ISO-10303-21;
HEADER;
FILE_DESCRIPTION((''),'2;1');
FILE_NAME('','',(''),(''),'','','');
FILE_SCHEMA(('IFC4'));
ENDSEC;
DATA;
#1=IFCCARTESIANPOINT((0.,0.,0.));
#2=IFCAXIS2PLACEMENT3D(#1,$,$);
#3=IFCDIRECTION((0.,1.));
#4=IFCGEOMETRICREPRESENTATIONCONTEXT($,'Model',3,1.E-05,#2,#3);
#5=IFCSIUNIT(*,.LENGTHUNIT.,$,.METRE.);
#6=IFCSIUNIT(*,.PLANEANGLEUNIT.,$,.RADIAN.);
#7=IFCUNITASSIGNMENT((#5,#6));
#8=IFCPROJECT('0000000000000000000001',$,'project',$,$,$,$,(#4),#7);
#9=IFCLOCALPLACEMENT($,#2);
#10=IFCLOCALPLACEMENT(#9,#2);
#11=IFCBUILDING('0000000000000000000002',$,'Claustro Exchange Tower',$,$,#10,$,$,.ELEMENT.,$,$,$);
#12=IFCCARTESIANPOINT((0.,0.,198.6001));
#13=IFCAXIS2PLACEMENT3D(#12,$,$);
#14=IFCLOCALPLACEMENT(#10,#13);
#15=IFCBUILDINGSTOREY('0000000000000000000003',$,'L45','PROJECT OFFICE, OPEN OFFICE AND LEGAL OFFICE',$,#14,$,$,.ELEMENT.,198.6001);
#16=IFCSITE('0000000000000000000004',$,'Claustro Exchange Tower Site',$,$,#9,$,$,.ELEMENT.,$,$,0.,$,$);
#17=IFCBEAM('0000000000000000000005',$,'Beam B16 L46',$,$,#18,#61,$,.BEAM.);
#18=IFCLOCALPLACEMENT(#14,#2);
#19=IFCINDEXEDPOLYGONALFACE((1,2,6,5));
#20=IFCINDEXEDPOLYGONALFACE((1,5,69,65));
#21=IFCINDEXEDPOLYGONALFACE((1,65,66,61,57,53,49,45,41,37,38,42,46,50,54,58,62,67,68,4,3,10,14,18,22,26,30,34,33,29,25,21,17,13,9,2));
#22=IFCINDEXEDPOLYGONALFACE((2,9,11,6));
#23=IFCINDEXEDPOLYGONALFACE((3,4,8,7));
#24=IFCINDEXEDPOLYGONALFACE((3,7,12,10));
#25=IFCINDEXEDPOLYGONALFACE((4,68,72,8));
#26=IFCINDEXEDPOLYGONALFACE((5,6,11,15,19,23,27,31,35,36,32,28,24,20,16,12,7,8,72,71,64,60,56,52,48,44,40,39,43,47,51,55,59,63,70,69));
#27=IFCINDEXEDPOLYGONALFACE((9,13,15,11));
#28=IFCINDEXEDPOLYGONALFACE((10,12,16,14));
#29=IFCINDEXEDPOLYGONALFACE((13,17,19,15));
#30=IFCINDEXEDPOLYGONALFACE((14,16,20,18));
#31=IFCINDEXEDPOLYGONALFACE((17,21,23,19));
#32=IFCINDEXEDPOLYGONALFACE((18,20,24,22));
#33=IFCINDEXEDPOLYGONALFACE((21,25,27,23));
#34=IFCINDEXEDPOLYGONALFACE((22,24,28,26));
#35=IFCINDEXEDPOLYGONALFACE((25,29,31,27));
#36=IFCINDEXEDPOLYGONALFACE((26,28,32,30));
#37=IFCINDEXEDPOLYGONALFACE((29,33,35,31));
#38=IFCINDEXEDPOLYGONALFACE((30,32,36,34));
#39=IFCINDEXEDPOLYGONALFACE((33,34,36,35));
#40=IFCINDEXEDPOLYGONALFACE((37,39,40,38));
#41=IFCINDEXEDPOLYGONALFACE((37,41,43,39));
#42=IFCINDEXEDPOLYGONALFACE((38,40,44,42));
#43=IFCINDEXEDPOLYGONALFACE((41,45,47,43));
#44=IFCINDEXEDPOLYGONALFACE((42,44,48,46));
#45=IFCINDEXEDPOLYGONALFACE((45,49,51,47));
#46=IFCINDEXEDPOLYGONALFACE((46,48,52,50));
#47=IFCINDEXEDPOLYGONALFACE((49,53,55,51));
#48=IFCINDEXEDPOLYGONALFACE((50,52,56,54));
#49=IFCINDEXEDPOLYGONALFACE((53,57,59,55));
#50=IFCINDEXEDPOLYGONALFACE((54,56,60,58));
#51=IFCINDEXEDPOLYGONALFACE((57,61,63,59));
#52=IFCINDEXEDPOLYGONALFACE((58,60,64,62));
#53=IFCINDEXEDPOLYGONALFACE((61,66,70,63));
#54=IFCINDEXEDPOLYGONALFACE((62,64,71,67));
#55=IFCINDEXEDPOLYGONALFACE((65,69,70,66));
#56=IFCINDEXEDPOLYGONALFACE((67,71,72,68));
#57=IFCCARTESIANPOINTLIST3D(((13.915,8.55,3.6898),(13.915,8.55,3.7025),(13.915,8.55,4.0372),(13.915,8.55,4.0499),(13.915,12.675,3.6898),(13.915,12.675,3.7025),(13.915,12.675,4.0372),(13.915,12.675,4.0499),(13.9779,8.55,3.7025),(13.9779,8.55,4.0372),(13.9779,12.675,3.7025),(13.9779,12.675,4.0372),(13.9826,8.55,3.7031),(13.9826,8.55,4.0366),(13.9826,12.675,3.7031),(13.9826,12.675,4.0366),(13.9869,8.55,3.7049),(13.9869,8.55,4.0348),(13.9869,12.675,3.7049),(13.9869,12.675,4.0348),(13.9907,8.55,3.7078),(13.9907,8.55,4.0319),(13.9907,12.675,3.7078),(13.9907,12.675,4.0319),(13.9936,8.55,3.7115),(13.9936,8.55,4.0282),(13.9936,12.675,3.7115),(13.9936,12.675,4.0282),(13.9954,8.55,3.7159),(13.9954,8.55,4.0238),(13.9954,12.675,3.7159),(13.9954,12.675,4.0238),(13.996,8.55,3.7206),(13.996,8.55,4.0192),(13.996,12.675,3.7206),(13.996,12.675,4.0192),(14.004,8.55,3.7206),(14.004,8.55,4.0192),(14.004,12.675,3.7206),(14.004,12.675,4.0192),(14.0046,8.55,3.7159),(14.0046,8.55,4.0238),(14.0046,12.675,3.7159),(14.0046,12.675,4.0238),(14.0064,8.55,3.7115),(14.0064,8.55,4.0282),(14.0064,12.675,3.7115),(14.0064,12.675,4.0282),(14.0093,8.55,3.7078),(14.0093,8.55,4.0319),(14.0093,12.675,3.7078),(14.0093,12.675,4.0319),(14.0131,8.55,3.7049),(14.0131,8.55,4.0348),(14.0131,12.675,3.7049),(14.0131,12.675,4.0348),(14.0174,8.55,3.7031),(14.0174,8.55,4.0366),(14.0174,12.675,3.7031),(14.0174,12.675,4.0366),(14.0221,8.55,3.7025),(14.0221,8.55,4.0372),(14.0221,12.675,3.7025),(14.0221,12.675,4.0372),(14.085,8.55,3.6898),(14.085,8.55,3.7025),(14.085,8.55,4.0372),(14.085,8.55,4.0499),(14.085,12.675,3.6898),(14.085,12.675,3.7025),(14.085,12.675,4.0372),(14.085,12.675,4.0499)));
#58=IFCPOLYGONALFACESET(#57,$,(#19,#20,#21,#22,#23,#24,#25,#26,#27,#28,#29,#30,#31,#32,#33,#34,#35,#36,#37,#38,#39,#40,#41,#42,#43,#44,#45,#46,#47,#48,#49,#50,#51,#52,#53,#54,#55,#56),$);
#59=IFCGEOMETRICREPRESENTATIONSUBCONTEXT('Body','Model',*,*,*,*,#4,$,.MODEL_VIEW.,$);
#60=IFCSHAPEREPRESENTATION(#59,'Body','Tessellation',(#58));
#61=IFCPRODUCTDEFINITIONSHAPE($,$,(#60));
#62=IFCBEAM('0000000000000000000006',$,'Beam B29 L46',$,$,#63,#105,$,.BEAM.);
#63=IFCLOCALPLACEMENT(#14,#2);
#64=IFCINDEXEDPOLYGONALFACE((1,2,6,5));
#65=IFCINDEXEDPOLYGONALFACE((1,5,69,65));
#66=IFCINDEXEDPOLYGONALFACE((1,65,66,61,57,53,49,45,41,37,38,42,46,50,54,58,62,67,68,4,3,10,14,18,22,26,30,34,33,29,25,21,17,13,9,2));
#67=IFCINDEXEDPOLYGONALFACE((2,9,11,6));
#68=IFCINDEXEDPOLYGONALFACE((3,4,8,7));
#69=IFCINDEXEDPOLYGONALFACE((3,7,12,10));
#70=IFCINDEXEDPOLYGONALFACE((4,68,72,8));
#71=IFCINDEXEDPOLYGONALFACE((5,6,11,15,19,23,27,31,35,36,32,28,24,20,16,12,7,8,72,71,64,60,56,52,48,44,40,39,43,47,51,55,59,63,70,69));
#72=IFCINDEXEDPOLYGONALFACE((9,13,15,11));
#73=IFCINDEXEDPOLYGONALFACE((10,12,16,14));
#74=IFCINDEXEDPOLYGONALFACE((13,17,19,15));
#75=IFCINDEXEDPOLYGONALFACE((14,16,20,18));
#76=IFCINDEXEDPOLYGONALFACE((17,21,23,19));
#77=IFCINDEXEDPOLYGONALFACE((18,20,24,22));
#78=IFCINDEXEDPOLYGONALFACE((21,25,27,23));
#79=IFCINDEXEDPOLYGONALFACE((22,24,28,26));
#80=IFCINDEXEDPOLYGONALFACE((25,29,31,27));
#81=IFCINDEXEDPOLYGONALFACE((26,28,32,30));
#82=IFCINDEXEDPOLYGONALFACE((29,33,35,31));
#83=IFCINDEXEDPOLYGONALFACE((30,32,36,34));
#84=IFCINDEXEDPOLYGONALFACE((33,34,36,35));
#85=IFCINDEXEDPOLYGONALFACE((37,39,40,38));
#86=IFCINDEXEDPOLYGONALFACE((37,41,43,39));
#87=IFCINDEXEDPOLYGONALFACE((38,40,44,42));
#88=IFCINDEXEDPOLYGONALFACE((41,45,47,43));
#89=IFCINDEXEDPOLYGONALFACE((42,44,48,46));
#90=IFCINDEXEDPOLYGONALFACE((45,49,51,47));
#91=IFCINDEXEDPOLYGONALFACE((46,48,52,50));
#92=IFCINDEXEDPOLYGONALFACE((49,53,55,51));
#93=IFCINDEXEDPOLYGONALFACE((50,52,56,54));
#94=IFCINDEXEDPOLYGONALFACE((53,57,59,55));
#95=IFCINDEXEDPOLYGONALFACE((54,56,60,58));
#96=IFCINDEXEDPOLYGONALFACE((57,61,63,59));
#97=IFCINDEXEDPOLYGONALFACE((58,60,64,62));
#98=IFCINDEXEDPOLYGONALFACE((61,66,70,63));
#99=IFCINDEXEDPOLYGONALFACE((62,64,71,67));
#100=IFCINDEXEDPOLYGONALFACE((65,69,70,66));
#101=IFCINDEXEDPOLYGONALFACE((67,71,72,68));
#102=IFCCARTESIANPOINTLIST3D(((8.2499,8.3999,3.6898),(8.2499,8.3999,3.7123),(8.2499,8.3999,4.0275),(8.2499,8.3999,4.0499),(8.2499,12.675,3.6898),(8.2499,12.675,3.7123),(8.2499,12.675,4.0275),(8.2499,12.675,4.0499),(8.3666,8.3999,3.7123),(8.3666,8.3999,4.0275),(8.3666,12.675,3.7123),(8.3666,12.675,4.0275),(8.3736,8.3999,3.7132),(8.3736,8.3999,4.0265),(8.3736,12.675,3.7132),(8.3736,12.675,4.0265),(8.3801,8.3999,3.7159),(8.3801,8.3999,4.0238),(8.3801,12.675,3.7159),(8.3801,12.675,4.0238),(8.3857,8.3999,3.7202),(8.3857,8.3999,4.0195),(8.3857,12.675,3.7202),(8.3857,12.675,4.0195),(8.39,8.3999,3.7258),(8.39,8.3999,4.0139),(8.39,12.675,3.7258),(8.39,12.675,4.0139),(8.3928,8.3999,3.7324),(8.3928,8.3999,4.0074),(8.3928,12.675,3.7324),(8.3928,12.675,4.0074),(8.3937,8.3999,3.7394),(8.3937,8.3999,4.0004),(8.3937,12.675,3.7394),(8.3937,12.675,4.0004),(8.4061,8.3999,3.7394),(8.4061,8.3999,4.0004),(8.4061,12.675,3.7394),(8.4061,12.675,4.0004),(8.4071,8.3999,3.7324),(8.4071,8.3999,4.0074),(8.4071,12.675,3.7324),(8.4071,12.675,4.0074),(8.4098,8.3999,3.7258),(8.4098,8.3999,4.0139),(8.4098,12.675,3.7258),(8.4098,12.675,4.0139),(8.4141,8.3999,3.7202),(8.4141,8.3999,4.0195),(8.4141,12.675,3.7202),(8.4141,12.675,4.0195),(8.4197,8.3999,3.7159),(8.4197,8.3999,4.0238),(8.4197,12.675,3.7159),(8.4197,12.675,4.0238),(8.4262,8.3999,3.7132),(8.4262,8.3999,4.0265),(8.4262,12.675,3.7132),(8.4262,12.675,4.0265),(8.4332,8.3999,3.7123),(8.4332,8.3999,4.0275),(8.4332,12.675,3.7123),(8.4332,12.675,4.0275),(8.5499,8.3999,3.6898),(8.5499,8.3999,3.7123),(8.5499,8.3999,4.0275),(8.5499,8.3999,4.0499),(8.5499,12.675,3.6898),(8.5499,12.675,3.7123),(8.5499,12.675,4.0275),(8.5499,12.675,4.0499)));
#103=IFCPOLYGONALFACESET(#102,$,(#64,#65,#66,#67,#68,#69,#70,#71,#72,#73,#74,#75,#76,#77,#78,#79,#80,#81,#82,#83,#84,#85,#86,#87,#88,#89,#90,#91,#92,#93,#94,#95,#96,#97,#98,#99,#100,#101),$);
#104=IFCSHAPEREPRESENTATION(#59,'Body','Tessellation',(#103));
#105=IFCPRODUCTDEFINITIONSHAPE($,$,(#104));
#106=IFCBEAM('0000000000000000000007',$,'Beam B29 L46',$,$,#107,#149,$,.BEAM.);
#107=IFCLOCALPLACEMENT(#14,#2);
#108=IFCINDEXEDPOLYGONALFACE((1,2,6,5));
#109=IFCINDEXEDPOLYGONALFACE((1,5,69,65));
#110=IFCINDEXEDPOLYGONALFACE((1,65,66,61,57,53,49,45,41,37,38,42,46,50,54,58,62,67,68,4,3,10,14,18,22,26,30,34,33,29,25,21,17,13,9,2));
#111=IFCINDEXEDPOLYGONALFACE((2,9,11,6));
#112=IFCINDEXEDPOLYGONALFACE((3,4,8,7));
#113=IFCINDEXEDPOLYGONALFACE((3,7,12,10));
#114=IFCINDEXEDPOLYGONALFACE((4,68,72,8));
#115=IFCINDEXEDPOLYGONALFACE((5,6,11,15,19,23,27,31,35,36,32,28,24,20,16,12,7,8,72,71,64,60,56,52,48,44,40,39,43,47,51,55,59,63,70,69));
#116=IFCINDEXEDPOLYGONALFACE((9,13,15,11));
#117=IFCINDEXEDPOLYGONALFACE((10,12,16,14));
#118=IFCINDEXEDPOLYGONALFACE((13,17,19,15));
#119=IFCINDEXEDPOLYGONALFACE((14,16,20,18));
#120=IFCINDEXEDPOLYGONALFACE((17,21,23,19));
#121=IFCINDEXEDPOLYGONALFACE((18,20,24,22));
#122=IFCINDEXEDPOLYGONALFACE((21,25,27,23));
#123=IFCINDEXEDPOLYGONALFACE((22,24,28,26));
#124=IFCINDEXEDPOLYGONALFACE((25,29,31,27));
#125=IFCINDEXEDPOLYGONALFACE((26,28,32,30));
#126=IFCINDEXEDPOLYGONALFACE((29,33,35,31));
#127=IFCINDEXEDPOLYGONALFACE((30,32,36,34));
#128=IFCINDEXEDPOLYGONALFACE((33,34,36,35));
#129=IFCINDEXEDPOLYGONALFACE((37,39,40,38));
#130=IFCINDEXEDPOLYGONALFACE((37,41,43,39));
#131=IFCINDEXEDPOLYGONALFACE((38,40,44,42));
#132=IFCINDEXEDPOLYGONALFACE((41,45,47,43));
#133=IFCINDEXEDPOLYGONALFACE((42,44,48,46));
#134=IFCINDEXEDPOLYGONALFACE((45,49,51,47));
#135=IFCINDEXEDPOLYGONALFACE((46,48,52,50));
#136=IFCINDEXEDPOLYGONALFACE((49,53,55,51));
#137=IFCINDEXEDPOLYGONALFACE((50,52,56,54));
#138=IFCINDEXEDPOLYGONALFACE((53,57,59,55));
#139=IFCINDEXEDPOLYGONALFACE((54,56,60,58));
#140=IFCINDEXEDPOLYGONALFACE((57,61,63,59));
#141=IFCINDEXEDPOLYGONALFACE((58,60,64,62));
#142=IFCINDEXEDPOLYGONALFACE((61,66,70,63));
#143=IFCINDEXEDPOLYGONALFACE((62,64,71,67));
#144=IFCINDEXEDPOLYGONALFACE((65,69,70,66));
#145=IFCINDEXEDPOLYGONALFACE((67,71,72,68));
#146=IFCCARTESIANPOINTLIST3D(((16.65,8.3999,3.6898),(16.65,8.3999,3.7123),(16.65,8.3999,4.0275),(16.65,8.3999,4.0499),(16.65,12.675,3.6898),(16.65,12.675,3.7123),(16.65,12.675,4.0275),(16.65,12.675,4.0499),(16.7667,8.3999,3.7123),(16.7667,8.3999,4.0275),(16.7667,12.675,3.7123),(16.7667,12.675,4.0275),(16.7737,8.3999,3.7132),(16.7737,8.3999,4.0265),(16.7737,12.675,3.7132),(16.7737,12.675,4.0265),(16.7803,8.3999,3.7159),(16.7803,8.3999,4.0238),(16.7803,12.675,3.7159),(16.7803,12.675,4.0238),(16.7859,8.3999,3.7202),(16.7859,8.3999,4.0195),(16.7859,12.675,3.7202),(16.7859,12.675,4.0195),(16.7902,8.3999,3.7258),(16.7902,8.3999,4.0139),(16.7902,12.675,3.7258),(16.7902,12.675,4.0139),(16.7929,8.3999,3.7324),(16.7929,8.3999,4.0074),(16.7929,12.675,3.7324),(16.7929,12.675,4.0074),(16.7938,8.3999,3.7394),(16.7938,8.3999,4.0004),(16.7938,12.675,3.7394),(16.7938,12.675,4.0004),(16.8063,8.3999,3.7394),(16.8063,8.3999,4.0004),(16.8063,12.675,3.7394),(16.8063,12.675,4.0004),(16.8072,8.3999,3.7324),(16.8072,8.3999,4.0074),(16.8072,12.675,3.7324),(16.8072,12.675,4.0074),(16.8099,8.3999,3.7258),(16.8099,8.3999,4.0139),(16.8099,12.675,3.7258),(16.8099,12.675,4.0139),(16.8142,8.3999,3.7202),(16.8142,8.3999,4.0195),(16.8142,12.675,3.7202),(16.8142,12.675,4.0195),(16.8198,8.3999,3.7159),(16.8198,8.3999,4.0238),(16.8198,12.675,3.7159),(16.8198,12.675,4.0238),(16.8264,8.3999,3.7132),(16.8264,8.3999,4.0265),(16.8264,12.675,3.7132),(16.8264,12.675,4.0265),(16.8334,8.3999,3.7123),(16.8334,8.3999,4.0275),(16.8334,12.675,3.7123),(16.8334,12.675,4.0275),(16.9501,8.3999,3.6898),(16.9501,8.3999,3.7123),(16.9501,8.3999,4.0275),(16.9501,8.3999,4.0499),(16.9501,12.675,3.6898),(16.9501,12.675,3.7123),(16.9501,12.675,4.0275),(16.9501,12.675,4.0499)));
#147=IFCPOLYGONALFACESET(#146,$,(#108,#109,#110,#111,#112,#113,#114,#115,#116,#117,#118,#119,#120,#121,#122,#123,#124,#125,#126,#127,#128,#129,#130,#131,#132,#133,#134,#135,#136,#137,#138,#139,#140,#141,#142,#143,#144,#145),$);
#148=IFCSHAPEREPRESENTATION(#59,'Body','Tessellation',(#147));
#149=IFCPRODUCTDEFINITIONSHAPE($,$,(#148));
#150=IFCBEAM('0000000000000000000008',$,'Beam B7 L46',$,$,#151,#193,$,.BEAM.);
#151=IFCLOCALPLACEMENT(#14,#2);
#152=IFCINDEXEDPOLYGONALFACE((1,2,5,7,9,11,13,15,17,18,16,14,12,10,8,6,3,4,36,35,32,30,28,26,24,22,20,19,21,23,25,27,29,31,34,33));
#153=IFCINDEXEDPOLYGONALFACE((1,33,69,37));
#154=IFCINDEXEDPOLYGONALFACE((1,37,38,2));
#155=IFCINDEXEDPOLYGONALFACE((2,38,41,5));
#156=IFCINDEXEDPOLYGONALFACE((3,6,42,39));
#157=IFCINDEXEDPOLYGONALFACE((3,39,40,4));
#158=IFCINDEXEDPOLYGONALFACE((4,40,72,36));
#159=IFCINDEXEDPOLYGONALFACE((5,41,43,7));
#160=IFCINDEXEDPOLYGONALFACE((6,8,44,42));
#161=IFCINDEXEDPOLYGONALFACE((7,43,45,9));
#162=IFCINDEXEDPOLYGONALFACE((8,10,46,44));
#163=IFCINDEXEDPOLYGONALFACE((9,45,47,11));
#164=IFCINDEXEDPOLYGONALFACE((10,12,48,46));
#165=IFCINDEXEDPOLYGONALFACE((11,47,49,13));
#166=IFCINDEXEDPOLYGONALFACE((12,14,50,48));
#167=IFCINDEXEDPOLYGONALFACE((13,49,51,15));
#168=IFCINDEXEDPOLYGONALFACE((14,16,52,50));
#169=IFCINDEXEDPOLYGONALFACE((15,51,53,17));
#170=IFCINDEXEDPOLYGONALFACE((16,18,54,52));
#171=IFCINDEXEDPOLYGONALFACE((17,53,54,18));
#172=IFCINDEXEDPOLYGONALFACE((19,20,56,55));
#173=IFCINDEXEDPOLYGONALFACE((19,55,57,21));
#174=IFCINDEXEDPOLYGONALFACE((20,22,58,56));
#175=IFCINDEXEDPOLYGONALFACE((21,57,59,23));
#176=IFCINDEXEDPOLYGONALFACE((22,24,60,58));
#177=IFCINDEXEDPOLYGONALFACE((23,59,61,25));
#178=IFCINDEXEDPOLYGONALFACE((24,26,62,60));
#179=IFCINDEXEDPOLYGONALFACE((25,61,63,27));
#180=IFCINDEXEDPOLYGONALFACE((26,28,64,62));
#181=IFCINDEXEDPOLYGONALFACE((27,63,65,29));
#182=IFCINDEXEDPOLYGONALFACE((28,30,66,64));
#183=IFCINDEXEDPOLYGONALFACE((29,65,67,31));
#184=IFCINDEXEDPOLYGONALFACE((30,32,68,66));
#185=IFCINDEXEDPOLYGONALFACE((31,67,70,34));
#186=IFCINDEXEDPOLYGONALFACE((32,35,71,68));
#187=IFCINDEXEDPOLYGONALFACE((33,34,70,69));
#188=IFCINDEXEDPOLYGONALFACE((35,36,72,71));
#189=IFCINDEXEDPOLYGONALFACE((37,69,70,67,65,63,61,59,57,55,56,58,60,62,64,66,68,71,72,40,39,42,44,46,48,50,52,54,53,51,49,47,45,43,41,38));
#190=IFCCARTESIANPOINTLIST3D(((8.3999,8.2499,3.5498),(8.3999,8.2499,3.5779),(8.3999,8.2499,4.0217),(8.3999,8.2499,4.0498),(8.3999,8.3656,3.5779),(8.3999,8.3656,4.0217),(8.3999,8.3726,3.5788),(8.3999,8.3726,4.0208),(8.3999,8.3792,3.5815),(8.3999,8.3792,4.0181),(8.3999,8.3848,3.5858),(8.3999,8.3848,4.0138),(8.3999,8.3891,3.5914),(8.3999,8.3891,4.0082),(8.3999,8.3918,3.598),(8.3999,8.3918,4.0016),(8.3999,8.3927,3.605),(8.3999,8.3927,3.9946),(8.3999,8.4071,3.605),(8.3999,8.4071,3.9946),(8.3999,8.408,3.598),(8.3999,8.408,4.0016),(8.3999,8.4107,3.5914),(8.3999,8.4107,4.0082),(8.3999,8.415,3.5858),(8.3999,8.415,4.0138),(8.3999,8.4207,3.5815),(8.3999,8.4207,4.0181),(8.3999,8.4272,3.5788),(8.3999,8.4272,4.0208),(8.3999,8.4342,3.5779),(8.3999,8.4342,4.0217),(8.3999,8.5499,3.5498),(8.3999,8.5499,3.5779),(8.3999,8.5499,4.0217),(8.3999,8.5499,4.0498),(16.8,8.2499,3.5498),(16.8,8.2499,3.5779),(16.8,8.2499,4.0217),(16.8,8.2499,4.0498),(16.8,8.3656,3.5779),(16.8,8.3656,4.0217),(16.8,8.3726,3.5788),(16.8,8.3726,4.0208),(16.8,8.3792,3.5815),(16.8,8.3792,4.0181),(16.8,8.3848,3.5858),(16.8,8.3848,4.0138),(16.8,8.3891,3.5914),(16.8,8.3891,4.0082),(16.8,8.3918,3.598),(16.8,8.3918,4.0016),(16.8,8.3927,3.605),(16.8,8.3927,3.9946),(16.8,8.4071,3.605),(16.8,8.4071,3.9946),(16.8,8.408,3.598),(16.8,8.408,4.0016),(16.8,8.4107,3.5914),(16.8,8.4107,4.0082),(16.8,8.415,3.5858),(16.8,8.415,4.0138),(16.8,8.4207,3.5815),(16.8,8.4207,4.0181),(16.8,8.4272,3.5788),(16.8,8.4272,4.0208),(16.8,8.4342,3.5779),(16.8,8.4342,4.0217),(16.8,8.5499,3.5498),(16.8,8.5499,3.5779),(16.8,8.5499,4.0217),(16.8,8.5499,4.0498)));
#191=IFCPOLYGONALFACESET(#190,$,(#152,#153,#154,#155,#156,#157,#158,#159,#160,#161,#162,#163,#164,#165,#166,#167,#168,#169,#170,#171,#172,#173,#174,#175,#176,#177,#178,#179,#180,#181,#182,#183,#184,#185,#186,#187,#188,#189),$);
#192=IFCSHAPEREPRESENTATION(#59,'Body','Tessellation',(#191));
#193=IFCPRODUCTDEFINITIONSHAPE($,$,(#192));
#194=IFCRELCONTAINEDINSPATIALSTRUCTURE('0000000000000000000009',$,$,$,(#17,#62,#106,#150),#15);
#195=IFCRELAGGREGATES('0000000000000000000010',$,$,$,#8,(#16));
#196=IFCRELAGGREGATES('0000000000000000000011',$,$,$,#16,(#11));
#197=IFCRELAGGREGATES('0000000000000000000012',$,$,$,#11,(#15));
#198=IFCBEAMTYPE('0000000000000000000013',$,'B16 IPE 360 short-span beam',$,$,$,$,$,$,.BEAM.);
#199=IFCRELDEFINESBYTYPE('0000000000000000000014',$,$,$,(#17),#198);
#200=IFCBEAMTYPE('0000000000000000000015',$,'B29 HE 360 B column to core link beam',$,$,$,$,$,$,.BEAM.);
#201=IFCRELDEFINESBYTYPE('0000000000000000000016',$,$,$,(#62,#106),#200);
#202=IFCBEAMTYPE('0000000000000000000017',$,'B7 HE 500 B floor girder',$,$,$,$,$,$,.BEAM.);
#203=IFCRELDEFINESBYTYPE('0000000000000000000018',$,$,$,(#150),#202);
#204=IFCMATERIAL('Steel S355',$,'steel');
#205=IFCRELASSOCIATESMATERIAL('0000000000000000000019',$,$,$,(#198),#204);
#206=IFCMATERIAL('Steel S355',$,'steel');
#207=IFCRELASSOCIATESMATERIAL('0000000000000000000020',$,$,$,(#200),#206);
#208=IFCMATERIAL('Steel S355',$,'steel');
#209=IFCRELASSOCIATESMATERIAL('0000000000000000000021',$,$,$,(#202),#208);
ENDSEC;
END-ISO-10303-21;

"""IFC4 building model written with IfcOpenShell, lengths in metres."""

from ifc_helpers import new_model, si_unit, direction, frame, origin, origin_2d, place, context, subcontext, project, spatial, i_section, extrude, material, material_profile, profile_set, type_object, element, save


model = new_model("IFC4")

# Units and contexts
model_context = context("Model", 3, precision=1e-05, world=origin(), true_north=direction((0.0, 1.0)))
body_context = subcontext(model_context, "Body", "Model", "MODEL_VIEW")
ifc_project = project(units=[si_unit("LENGTHUNIT", "METRE"), si_unit("PLANEANGLEUNIT", "RADIAN")], contexts=[model_context])

# Site, building, storey
site_placement = place(None, origin())
site = spatial("IfcSite", under=ifc_project, at=site_placement, Name="Claustro Exchange Tower Site", CompositionType="ELEMENT", RefElevation=0.0)
building_placement = place(site_placement, origin())
building = spatial("IfcBuilding", under=site, at=building_placement, Name="Claustro Exchange Tower", CompositionType="ELEMENT")
storey_placement = place(building_placement, frame((0.0, 0.0, 198.6001)))
storey = spatial("IfcBuildingStorey", under=building, at=storey_placement, Name="L45", Description="PROJECT OFFICE, OPEN OFFICE AND LEGAL OFFICE", CompositionType="ELEMENT", Elevation=198.6001)

# Beams
ifc_material_1 = material(Name="Steel S355", Category="steel")
ifc_material_profile_1 = material_profile(ifc_material_1, i_section(OverallWidth=0.1699, OverallDepth=0.3601, WebThickness=0.0081, FlangeThickness=0.0127, FilletRadius=0.0181, at=origin_2d()), Name="IPE 360")
ifc_profile_set_1 = profile_set([ifc_material_profile_1], Name="Steel S355")
beam_type_1 = type_object("IfcBeamType", Name="B16 IPE 360 short-span beam", PredefinedType="BEAM", material=ifc_profile_set_1)
for number, where, z_axis, x_axis, name in (
    (1, (14.0, 8.55, 3.8699), (0.0, 1.0, 0.0), (-1.0, 0.0, 0.0), "Beam B16 L46"),
):
    element("IfcBeam", number, at=place(storey_placement, frame(where, z_axis=z_axis, x_axis=x_axis)), inside=storey, type_object=beam_type_1, Name=name, PredefinedType="BEAM", context=body_context, shape_type="SweptSolid", body=[
        extrude(i_section(OverallWidth=0.1699, OverallDepth=0.3601, WebThickness=0.0081, FlangeThickness=0.0127, FilletRadius=0.0181, at=origin_2d()), origin(), (0.0, 0.0, 1.0), 4.125),
    ])
ifc_material_2 = material(Name="Steel S355", Category="steel")
ifc_material_profile_2 = material_profile(ifc_material_2, i_section(OverallWidth=0.3, OverallDepth=0.3601, WebThickness=0.0125, FlangeThickness=0.0225, FilletRadius=0.0271, at=origin_2d()), Name="HE 360 B")
ifc_profile_set_2 = profile_set([ifc_material_profile_2], Name="Steel S355")
beam_type_2 = type_object("IfcBeamType", Name="B29 HE 360 B column to core link beam", PredefinedType="BEAM", material=ifc_profile_set_2)
for number, where, z_axis, x_axis, name in (
    (2, (8.3999, 8.3999, 3.8699), (0.0, 1.0, 0.0), (-1.0, 0.0, 0.0), "Beam B29 L46"),
    (3, (16.8, 8.3999, 3.8699), (0.0, 1.0, 0.0), (-1.0, 0.0, 0.0), "Beam B29 L46"),
):
    element("IfcBeam", number, at=place(storey_placement, frame(where, z_axis=z_axis, x_axis=x_axis)), inside=storey, type_object=beam_type_2, Name=name, PredefinedType="BEAM", context=body_context, shape_type="SweptSolid", body=[
        extrude(i_section(OverallWidth=0.3, OverallDepth=0.3601, WebThickness=0.0125, FlangeThickness=0.0225, FilletRadius=0.0271, at=origin_2d()), origin(), (0.0, 0.0, 1.0), 4.2751),
    ])
ifc_material_3 = material(Name="Steel S355", Category="steel")
ifc_material_profile_3 = material_profile(ifc_material_3, i_section(OverallWidth=0.3, OverallDepth=0.5, WebThickness=0.0144, FlangeThickness=0.0281, FilletRadius=0.0271, at=origin_2d()), Name="HE 500 B")
ifc_profile_set_3 = profile_set([ifc_material_profile_3], Name="Steel S355")
beam_type_3 = type_object("IfcBeamType", Name="B7 HE 500 B floor girder", PredefinedType="BEAM", material=ifc_profile_set_3)
beam_1_placement = place(storey_placement, frame((8.3999, 8.3999, 3.7998), z_axis=(1.0, 0.0, 0.0), x_axis=(0.0, 1.0, 0.0)))
element("IfcBeam", 4, at=beam_1_placement, inside=storey, type_object=beam_type_3, Name="Beam B7 L46", PredefinedType="BEAM", context=body_context, shape_type="SweptSolid", body=[
    extrude(i_section(OverallWidth=0.3, OverallDepth=0.5, WebThickness=0.0144, FlangeThickness=0.0281, FilletRadius=0.0271, at=origin_2d()), origin(), (0.0, 0.0, 1.0), 8.4001),
])

save(model, "model.ifc")
